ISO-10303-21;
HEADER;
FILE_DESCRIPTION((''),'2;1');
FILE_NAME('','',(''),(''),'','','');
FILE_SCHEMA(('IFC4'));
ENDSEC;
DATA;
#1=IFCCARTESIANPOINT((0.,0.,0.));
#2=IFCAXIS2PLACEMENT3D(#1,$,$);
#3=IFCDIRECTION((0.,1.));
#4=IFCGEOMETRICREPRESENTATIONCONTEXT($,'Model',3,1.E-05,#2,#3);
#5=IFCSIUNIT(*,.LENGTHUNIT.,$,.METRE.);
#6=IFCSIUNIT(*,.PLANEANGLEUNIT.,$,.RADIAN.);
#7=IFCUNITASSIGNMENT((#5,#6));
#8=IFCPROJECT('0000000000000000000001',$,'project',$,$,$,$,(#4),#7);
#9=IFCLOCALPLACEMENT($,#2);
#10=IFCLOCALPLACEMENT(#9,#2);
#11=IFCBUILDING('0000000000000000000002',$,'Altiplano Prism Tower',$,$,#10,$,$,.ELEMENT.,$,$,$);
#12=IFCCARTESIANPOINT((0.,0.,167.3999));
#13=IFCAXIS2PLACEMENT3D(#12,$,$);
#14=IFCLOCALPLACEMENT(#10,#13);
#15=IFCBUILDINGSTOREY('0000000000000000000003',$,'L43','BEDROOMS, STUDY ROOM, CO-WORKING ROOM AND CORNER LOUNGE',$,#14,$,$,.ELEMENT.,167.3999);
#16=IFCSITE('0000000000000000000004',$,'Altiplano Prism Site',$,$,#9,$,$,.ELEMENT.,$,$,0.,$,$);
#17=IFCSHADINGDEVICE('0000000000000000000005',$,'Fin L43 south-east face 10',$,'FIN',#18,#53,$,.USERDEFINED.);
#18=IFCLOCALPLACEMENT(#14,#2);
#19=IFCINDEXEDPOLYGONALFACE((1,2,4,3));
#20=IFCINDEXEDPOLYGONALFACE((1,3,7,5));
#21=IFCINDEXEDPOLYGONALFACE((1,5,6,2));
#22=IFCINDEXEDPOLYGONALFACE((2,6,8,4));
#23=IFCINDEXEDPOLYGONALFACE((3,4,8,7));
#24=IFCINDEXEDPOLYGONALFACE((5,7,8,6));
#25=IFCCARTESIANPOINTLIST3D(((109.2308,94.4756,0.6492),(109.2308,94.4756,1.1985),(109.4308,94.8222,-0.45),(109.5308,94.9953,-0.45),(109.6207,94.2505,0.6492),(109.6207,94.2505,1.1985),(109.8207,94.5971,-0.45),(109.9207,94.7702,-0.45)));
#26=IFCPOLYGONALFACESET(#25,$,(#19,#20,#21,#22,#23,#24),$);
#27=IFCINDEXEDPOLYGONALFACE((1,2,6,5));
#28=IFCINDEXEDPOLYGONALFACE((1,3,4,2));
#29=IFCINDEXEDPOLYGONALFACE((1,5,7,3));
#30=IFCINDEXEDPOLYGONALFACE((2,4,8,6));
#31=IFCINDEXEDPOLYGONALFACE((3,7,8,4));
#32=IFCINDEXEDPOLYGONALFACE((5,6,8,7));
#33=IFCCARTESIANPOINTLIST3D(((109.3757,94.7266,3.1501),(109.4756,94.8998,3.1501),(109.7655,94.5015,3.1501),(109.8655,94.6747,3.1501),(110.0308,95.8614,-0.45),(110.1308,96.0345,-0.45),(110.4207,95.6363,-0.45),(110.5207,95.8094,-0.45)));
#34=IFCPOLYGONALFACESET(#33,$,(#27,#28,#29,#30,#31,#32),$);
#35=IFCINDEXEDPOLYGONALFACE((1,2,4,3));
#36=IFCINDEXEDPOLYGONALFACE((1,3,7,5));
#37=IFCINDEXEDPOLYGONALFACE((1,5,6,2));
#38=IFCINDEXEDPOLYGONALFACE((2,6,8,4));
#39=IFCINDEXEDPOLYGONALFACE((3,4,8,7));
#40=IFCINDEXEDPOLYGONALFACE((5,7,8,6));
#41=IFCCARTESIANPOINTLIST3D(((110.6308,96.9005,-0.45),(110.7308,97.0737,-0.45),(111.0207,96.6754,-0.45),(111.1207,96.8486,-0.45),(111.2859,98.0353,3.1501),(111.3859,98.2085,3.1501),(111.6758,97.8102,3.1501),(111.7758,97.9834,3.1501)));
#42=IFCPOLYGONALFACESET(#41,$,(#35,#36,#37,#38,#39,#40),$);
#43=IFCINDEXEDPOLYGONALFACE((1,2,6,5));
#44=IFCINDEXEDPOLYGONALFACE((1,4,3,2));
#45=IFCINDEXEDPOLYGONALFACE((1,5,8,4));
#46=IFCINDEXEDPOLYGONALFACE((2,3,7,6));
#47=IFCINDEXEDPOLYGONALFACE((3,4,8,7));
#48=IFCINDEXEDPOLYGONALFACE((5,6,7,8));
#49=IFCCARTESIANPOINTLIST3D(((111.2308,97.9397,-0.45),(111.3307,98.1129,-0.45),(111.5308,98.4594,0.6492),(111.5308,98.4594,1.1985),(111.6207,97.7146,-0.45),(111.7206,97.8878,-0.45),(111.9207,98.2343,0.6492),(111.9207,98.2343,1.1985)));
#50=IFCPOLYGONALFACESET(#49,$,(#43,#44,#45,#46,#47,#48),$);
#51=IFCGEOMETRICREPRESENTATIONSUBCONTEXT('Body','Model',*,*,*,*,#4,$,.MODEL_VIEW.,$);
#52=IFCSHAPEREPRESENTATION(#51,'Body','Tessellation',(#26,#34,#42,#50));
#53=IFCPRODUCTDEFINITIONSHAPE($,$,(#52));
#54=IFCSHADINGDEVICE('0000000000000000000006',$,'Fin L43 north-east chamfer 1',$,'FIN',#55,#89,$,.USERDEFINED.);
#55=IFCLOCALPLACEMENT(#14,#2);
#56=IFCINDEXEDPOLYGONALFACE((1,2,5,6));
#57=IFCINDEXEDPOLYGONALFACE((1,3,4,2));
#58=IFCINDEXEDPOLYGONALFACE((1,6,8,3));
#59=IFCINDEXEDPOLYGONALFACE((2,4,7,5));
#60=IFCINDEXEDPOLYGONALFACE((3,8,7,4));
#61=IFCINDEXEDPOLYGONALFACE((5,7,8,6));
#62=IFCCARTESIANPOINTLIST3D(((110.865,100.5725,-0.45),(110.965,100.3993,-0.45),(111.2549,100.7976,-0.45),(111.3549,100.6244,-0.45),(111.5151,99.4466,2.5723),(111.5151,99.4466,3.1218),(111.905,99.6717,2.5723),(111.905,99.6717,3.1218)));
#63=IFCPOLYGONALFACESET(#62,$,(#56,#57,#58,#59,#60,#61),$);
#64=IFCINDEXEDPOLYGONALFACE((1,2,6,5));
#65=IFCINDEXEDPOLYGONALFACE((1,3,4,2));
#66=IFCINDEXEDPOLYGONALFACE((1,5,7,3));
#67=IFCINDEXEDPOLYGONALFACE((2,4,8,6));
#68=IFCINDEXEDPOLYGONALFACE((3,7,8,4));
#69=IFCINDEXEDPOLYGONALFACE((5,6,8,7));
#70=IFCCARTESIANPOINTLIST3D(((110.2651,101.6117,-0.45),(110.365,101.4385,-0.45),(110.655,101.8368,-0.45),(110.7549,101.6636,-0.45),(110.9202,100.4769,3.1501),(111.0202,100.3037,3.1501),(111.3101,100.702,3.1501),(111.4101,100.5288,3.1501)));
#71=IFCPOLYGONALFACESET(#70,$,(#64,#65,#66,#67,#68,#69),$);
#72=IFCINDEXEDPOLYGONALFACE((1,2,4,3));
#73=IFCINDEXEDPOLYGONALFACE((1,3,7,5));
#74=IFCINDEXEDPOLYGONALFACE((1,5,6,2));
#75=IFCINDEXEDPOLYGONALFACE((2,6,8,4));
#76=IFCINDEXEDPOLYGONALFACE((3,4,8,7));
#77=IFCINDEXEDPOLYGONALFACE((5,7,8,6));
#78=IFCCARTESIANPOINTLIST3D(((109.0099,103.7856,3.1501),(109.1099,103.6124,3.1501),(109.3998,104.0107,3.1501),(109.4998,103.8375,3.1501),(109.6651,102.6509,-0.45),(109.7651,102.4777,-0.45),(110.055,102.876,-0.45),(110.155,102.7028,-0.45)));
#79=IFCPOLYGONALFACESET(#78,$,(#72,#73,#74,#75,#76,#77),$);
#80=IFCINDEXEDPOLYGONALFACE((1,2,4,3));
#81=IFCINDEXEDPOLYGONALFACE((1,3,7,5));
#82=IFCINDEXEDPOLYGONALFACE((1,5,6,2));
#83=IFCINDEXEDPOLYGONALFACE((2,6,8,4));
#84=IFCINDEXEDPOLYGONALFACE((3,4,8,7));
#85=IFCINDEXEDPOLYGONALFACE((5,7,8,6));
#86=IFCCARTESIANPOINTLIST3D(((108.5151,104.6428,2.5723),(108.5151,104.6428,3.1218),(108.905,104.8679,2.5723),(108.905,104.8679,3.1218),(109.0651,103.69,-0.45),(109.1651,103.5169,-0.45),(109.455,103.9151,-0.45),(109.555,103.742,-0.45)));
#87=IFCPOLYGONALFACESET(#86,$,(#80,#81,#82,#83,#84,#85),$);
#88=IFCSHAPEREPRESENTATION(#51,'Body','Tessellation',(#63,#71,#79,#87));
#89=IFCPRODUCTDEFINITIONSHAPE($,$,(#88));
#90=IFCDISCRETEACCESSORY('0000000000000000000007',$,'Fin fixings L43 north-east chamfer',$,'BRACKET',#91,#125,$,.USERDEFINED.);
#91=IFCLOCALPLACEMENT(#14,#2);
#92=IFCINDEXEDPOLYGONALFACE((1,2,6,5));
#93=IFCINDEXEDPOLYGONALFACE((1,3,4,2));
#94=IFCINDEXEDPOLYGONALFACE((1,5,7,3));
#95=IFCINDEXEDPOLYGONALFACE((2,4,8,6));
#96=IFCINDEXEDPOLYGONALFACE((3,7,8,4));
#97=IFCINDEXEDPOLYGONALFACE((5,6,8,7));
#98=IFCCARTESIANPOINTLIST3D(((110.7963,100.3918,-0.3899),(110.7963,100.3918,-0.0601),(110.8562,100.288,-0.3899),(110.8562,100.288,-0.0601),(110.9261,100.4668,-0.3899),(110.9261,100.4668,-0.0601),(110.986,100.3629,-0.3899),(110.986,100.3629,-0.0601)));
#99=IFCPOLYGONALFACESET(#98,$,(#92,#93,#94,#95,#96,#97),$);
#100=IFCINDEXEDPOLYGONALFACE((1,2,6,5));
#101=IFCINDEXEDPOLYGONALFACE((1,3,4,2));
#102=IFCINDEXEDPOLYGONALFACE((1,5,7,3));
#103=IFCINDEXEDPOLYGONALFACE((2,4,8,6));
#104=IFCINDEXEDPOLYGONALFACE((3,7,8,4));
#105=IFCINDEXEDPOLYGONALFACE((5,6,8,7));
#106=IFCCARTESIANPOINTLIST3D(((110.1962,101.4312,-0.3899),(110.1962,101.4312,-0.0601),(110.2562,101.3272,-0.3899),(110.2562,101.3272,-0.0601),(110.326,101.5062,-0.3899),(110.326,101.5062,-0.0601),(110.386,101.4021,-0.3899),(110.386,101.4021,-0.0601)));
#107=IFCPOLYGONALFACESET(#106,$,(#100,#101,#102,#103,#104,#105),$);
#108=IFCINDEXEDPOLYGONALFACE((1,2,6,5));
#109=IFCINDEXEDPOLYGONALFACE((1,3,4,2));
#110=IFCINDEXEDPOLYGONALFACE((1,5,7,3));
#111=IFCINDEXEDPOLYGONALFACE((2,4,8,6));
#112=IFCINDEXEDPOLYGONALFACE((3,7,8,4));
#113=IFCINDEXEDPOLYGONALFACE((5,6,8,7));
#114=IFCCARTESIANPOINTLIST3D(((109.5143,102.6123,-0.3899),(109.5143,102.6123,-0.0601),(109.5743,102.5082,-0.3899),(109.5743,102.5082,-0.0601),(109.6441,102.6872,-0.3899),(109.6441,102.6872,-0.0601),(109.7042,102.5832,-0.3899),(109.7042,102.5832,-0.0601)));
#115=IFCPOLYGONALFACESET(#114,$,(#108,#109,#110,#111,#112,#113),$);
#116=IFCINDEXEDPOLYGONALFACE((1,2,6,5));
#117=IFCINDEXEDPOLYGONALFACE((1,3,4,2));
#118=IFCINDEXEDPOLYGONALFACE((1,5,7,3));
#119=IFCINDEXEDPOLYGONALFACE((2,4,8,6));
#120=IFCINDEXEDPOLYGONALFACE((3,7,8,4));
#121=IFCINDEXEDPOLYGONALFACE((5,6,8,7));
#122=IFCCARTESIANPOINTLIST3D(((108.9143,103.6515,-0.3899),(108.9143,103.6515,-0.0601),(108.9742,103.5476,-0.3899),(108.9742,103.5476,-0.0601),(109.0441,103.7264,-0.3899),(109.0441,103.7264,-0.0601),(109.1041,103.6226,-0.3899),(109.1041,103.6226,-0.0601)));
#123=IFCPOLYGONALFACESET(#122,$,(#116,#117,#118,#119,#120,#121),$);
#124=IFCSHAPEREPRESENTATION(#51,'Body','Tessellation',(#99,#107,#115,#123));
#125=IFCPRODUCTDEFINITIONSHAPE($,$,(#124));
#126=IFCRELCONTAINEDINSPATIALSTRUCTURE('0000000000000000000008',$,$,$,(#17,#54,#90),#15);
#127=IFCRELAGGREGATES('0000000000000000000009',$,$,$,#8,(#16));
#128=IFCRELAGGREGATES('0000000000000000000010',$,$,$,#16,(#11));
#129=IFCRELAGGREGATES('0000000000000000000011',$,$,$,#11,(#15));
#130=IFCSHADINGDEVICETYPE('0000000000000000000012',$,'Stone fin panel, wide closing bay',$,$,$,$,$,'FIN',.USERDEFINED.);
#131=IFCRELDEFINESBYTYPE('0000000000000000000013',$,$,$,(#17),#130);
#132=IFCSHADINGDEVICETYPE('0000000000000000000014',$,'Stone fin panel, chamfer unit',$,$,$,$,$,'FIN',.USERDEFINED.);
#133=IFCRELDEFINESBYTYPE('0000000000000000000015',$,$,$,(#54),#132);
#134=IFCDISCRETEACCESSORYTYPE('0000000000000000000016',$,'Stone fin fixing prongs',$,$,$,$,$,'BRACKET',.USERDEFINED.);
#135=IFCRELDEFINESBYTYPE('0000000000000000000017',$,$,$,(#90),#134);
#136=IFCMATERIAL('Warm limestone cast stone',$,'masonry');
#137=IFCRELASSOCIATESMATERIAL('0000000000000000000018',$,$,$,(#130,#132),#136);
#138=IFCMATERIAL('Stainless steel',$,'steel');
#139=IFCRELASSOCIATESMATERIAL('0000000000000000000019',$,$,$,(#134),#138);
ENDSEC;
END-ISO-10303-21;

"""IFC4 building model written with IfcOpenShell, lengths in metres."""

from ifc_helpers import new_model, si_unit, direction, frame, origin, place, context, subcontext, project, spatial, polyline, outline, extrude, source, transform, mapped, material, type_object, element, save


model = new_model("IFC4")

# Units and contexts
model_context = context("Model", 3, precision=1e-05, world=origin(), true_north=direction((0.0, 1.0)))
body_context = subcontext(model_context, "Body", "Model", "MODEL_VIEW")
ifc_project = project(units=[si_unit("LENGTHUNIT", "METRE"), si_unit("PLANEANGLEUNIT", "RADIAN")], contexts=[model_context])

# Site, building, storey
site_placement = place(None, origin())
site = spatial("IfcSite", under=ifc_project, at=site_placement, Name="Altiplano Prism Site", CompositionType="ELEMENT", RefElevation=0.0)
building_placement = place(site_placement, origin())
building = spatial("IfcBuilding", under=site, at=building_placement, Name="Altiplano Prism Tower", CompositionType="ELEMENT")
storey_placement = place(building_placement, frame((0.0, 0.0, 167.3999)))
storey = spatial("IfcBuildingStorey", under=building, at=storey_placement, Name="L43", Description="BEDROOMS, STUDY ROOM, CO-WORKING ROOM AND CORNER LOUNGE", CompositionType="ELEMENT", Elevation=167.3999)

# Shading devices
ifc_material_1 = material(Name="Warm limestone cast stone", Category="masonry")
shading_device_type_1 = type_object("IfcShadingDeviceType", Name="Stone fin panel, wide closing bay", ElementType="FIN", PredefinedType="USERDEFINED", material=ifc_material_1)
shared_shape_1 = source(origin(), body_context, "Body", "SweptSolid", [
    extrude(outline(polyline([(-2.3, 1.6484), (-2.3, 1.0991), (-1.8999, 0.0), (-1.7, 0.0), (-2.3, 1.6484)])), frame((0.0, -0.1499, 0.0), z_axis=(0.0, -1.0, 0.0), x_axis=(1.0, 0.0, 0.0)), (0.0, 0.0, 1.0), 0.4502),
    extrude(outline(polyline([(-2.0103, 3.6001), (-0.7, 0.0), (-0.5, 0.0), (-1.8103, 3.6001), (-2.0103, 3.6001)])), frame((0.0, -0.1499, 0.0), z_axis=(0.0, -1.0, 0.0), x_axis=(1.0, 0.0, 0.0)), (0.0, 0.0, 1.0), 0.4502),
    extrude(outline(polyline([(1.8103, 3.6001), (0.5, 0.0), (0.7, 0.0), (2.0103, 3.6001), (1.8103, 3.6001)])), frame((0.0, -0.1499, 0.0), z_axis=(0.0, -1.0, 0.0), x_axis=(1.0, 0.0, 0.0)), (0.0, 0.0, 1.0), 0.4502),
    extrude(outline(polyline([(2.3, 1.0991), (2.3, 1.6484), (1.7, 0.0), (1.8999, 0.0), (2.3, 1.0991)])), frame((0.0, -0.1499, 0.0), z_axis=(0.0, -1.0, 0.0), x_axis=(1.0, 0.0, 0.0)), (0.0, 0.0, 1.0), 0.4502),
])
shading_device_1_placement = place(storey_placement, origin())
element("IfcShadingDevice", 1, at=shading_device_1_placement, inside=storey, type_object=shading_device_type_1, Name="Fin L43 south-east face 10", ObjectType="FIN", PredefinedType="USERDEFINED", context=body_context, shape_type="MappedRepresentation", body=[
    mapped(shared_shape_1, transform((110.251, 96.5425, -0.45), x_axis=(0.5, 0.866025, 0.0), y_axis=(-0.866025, 0.5, 0.0), z_axis=(0.0, 0.0, 1.0))),
])
shading_device_type_2 = type_object("IfcShadingDeviceType", Name="Stone fin panel, chamfer unit", ElementType="FIN", PredefinedType="USERDEFINED", material=ifc_material_1)
shared_shape_2 = source(origin(), body_context, "Body", "SweptSolid", [
    extrude(outline(polyline([(-3.0, 3.5718), (-3.0, 3.0222), (-1.8999, 0.0), (-1.7, 0.0), (-3.0, 3.5718)])), frame((0.0, -0.1499, 0.0), z_axis=(0.0, -1.0, 0.0), x_axis=(1.0, 0.0, 0.0)), (0.0, 0.0, 1.0), 0.4502),
    extrude(outline(polyline([(-2.0103, 3.6001), (-0.7, 0.0), (-0.5, 0.0), (-1.8103, 3.6001), (-2.0103, 3.6001)])), frame((0.0, -0.1499, 0.0), z_axis=(0.0, -1.0, 0.0), x_axis=(1.0, 0.0, 0.0)), (0.0, 0.0, 1.0), 0.4502),
    extrude(outline(polyline([(1.8103, 3.6001), (0.5, 0.0), (0.7, 0.0), (2.0103, 3.6001), (1.8103, 3.6001)])), frame((0.0, -0.1499, 0.0), z_axis=(0.0, -1.0, 0.0), x_axis=(1.0, 0.0, 0.0)), (0.0, 0.0, 1.0), 0.4502),
    extrude(outline(polyline([(3.0, 3.0222), (3.0, 3.5718), (1.7, 0.0), (1.8999, 0.0), (3.0, 3.0222)])), frame((0.0, -0.1499, 0.0), z_axis=(0.0, -1.0, 0.0), x_axis=(1.0, 0.0, 0.0)), (0.0, 0.0, 1.0), 0.4502),
])
shading_device_2_placement = place(storey_placement, origin())
element("IfcShadingDevice", 2, at=shading_device_2_placement, inside=storey, type_object=shading_device_type_2, Name="Fin L43 north-east chamfer 1", ObjectType="FIN", PredefinedType="USERDEFINED", context=body_context, shape_type="MappedRepresentation", body=[
    mapped(shared_shape_2, transform((109.8853, 101.9697, -0.45), x_axis=(-0.5, 0.866025, 0.0), y_axis=(-0.866025, -0.5, 0.0), z_axis=(0.0, 0.0, 1.0))),
])

# Discrete accessory
ifc_material_2 = material(Name="Stainless steel", Category="steel")
discrete_accessory_type = type_object("IfcDiscreteAccessoryType", Name="Stone fin fixing prongs", ElementType="BRACKET", PredefinedType="USERDEFINED", material=ifc_material_2)
shared_shape_3 = source(origin(), body_context, "Body", "SweptSolid", [
    extrude(outline(polyline([(-1.9419, 0.0601), (-1.822, 0.0601), (-1.822, 0.3899), (-1.9419, 0.3899), (-1.9419, 0.0601)])), frame((0.0, 0.0, 0.0), z_axis=(0.0, -1.0, 0.0), x_axis=(1.0, 0.0, 0.0)), (0.0, 0.0, 1.0), 0.1499),
    extrude(outline(polyline([(-0.7419, 0.0601), (-0.6218, 0.0601), (-0.6218, 0.3899), (-0.7419, 0.3899), (-0.7419, 0.0601)])), frame((0.0, 0.0, 0.0), z_axis=(0.0, -1.0, 0.0), x_axis=(1.0, 0.0, 0.0)), (0.0, 0.0, 1.0), 0.1499),
    extrude(outline(polyline([(0.6218, 0.0601), (0.7419, 0.0601), (0.7419, 0.3899), (0.6218, 0.3899), (0.6218, 0.0601)])), frame((0.0, 0.0, 0.0), z_axis=(0.0, -1.0, 0.0), x_axis=(1.0, 0.0, 0.0)), (0.0, 0.0, 1.0), 0.1499),
    extrude(outline(polyline([(1.822, 0.0601), (1.9419, 0.0601), (1.9419, 0.3899), (1.822, 0.3899), (1.822, 0.0601)])), frame((0.0, 0.0, 0.0), z_axis=(0.0, -1.0, 0.0), x_axis=(1.0, 0.0, 0.0)), (0.0, 0.0, 1.0), 0.1499),
])
discrete_accessory_1_placement = place(storey_placement, origin())
element("IfcDiscreteAccessory", 3, at=discrete_accessory_1_placement, inside=storey, type_object=discrete_accessory_type, Name="Fin fixings L43 north-east chamfer", ObjectType="BRACKET", PredefinedType="USERDEFINED", context=body_context, shape_type="MappedRepresentation", body=[
    mapped(shared_shape_3, transform((109.8853, 101.9697, -0.45), x_axis=(-0.5, 0.866025, 0.0), y_axis=(-0.866025, -0.5, 0.0), z_axis=(0.0, 0.0, 1.0))),
])

save(model, "model.ifc")
